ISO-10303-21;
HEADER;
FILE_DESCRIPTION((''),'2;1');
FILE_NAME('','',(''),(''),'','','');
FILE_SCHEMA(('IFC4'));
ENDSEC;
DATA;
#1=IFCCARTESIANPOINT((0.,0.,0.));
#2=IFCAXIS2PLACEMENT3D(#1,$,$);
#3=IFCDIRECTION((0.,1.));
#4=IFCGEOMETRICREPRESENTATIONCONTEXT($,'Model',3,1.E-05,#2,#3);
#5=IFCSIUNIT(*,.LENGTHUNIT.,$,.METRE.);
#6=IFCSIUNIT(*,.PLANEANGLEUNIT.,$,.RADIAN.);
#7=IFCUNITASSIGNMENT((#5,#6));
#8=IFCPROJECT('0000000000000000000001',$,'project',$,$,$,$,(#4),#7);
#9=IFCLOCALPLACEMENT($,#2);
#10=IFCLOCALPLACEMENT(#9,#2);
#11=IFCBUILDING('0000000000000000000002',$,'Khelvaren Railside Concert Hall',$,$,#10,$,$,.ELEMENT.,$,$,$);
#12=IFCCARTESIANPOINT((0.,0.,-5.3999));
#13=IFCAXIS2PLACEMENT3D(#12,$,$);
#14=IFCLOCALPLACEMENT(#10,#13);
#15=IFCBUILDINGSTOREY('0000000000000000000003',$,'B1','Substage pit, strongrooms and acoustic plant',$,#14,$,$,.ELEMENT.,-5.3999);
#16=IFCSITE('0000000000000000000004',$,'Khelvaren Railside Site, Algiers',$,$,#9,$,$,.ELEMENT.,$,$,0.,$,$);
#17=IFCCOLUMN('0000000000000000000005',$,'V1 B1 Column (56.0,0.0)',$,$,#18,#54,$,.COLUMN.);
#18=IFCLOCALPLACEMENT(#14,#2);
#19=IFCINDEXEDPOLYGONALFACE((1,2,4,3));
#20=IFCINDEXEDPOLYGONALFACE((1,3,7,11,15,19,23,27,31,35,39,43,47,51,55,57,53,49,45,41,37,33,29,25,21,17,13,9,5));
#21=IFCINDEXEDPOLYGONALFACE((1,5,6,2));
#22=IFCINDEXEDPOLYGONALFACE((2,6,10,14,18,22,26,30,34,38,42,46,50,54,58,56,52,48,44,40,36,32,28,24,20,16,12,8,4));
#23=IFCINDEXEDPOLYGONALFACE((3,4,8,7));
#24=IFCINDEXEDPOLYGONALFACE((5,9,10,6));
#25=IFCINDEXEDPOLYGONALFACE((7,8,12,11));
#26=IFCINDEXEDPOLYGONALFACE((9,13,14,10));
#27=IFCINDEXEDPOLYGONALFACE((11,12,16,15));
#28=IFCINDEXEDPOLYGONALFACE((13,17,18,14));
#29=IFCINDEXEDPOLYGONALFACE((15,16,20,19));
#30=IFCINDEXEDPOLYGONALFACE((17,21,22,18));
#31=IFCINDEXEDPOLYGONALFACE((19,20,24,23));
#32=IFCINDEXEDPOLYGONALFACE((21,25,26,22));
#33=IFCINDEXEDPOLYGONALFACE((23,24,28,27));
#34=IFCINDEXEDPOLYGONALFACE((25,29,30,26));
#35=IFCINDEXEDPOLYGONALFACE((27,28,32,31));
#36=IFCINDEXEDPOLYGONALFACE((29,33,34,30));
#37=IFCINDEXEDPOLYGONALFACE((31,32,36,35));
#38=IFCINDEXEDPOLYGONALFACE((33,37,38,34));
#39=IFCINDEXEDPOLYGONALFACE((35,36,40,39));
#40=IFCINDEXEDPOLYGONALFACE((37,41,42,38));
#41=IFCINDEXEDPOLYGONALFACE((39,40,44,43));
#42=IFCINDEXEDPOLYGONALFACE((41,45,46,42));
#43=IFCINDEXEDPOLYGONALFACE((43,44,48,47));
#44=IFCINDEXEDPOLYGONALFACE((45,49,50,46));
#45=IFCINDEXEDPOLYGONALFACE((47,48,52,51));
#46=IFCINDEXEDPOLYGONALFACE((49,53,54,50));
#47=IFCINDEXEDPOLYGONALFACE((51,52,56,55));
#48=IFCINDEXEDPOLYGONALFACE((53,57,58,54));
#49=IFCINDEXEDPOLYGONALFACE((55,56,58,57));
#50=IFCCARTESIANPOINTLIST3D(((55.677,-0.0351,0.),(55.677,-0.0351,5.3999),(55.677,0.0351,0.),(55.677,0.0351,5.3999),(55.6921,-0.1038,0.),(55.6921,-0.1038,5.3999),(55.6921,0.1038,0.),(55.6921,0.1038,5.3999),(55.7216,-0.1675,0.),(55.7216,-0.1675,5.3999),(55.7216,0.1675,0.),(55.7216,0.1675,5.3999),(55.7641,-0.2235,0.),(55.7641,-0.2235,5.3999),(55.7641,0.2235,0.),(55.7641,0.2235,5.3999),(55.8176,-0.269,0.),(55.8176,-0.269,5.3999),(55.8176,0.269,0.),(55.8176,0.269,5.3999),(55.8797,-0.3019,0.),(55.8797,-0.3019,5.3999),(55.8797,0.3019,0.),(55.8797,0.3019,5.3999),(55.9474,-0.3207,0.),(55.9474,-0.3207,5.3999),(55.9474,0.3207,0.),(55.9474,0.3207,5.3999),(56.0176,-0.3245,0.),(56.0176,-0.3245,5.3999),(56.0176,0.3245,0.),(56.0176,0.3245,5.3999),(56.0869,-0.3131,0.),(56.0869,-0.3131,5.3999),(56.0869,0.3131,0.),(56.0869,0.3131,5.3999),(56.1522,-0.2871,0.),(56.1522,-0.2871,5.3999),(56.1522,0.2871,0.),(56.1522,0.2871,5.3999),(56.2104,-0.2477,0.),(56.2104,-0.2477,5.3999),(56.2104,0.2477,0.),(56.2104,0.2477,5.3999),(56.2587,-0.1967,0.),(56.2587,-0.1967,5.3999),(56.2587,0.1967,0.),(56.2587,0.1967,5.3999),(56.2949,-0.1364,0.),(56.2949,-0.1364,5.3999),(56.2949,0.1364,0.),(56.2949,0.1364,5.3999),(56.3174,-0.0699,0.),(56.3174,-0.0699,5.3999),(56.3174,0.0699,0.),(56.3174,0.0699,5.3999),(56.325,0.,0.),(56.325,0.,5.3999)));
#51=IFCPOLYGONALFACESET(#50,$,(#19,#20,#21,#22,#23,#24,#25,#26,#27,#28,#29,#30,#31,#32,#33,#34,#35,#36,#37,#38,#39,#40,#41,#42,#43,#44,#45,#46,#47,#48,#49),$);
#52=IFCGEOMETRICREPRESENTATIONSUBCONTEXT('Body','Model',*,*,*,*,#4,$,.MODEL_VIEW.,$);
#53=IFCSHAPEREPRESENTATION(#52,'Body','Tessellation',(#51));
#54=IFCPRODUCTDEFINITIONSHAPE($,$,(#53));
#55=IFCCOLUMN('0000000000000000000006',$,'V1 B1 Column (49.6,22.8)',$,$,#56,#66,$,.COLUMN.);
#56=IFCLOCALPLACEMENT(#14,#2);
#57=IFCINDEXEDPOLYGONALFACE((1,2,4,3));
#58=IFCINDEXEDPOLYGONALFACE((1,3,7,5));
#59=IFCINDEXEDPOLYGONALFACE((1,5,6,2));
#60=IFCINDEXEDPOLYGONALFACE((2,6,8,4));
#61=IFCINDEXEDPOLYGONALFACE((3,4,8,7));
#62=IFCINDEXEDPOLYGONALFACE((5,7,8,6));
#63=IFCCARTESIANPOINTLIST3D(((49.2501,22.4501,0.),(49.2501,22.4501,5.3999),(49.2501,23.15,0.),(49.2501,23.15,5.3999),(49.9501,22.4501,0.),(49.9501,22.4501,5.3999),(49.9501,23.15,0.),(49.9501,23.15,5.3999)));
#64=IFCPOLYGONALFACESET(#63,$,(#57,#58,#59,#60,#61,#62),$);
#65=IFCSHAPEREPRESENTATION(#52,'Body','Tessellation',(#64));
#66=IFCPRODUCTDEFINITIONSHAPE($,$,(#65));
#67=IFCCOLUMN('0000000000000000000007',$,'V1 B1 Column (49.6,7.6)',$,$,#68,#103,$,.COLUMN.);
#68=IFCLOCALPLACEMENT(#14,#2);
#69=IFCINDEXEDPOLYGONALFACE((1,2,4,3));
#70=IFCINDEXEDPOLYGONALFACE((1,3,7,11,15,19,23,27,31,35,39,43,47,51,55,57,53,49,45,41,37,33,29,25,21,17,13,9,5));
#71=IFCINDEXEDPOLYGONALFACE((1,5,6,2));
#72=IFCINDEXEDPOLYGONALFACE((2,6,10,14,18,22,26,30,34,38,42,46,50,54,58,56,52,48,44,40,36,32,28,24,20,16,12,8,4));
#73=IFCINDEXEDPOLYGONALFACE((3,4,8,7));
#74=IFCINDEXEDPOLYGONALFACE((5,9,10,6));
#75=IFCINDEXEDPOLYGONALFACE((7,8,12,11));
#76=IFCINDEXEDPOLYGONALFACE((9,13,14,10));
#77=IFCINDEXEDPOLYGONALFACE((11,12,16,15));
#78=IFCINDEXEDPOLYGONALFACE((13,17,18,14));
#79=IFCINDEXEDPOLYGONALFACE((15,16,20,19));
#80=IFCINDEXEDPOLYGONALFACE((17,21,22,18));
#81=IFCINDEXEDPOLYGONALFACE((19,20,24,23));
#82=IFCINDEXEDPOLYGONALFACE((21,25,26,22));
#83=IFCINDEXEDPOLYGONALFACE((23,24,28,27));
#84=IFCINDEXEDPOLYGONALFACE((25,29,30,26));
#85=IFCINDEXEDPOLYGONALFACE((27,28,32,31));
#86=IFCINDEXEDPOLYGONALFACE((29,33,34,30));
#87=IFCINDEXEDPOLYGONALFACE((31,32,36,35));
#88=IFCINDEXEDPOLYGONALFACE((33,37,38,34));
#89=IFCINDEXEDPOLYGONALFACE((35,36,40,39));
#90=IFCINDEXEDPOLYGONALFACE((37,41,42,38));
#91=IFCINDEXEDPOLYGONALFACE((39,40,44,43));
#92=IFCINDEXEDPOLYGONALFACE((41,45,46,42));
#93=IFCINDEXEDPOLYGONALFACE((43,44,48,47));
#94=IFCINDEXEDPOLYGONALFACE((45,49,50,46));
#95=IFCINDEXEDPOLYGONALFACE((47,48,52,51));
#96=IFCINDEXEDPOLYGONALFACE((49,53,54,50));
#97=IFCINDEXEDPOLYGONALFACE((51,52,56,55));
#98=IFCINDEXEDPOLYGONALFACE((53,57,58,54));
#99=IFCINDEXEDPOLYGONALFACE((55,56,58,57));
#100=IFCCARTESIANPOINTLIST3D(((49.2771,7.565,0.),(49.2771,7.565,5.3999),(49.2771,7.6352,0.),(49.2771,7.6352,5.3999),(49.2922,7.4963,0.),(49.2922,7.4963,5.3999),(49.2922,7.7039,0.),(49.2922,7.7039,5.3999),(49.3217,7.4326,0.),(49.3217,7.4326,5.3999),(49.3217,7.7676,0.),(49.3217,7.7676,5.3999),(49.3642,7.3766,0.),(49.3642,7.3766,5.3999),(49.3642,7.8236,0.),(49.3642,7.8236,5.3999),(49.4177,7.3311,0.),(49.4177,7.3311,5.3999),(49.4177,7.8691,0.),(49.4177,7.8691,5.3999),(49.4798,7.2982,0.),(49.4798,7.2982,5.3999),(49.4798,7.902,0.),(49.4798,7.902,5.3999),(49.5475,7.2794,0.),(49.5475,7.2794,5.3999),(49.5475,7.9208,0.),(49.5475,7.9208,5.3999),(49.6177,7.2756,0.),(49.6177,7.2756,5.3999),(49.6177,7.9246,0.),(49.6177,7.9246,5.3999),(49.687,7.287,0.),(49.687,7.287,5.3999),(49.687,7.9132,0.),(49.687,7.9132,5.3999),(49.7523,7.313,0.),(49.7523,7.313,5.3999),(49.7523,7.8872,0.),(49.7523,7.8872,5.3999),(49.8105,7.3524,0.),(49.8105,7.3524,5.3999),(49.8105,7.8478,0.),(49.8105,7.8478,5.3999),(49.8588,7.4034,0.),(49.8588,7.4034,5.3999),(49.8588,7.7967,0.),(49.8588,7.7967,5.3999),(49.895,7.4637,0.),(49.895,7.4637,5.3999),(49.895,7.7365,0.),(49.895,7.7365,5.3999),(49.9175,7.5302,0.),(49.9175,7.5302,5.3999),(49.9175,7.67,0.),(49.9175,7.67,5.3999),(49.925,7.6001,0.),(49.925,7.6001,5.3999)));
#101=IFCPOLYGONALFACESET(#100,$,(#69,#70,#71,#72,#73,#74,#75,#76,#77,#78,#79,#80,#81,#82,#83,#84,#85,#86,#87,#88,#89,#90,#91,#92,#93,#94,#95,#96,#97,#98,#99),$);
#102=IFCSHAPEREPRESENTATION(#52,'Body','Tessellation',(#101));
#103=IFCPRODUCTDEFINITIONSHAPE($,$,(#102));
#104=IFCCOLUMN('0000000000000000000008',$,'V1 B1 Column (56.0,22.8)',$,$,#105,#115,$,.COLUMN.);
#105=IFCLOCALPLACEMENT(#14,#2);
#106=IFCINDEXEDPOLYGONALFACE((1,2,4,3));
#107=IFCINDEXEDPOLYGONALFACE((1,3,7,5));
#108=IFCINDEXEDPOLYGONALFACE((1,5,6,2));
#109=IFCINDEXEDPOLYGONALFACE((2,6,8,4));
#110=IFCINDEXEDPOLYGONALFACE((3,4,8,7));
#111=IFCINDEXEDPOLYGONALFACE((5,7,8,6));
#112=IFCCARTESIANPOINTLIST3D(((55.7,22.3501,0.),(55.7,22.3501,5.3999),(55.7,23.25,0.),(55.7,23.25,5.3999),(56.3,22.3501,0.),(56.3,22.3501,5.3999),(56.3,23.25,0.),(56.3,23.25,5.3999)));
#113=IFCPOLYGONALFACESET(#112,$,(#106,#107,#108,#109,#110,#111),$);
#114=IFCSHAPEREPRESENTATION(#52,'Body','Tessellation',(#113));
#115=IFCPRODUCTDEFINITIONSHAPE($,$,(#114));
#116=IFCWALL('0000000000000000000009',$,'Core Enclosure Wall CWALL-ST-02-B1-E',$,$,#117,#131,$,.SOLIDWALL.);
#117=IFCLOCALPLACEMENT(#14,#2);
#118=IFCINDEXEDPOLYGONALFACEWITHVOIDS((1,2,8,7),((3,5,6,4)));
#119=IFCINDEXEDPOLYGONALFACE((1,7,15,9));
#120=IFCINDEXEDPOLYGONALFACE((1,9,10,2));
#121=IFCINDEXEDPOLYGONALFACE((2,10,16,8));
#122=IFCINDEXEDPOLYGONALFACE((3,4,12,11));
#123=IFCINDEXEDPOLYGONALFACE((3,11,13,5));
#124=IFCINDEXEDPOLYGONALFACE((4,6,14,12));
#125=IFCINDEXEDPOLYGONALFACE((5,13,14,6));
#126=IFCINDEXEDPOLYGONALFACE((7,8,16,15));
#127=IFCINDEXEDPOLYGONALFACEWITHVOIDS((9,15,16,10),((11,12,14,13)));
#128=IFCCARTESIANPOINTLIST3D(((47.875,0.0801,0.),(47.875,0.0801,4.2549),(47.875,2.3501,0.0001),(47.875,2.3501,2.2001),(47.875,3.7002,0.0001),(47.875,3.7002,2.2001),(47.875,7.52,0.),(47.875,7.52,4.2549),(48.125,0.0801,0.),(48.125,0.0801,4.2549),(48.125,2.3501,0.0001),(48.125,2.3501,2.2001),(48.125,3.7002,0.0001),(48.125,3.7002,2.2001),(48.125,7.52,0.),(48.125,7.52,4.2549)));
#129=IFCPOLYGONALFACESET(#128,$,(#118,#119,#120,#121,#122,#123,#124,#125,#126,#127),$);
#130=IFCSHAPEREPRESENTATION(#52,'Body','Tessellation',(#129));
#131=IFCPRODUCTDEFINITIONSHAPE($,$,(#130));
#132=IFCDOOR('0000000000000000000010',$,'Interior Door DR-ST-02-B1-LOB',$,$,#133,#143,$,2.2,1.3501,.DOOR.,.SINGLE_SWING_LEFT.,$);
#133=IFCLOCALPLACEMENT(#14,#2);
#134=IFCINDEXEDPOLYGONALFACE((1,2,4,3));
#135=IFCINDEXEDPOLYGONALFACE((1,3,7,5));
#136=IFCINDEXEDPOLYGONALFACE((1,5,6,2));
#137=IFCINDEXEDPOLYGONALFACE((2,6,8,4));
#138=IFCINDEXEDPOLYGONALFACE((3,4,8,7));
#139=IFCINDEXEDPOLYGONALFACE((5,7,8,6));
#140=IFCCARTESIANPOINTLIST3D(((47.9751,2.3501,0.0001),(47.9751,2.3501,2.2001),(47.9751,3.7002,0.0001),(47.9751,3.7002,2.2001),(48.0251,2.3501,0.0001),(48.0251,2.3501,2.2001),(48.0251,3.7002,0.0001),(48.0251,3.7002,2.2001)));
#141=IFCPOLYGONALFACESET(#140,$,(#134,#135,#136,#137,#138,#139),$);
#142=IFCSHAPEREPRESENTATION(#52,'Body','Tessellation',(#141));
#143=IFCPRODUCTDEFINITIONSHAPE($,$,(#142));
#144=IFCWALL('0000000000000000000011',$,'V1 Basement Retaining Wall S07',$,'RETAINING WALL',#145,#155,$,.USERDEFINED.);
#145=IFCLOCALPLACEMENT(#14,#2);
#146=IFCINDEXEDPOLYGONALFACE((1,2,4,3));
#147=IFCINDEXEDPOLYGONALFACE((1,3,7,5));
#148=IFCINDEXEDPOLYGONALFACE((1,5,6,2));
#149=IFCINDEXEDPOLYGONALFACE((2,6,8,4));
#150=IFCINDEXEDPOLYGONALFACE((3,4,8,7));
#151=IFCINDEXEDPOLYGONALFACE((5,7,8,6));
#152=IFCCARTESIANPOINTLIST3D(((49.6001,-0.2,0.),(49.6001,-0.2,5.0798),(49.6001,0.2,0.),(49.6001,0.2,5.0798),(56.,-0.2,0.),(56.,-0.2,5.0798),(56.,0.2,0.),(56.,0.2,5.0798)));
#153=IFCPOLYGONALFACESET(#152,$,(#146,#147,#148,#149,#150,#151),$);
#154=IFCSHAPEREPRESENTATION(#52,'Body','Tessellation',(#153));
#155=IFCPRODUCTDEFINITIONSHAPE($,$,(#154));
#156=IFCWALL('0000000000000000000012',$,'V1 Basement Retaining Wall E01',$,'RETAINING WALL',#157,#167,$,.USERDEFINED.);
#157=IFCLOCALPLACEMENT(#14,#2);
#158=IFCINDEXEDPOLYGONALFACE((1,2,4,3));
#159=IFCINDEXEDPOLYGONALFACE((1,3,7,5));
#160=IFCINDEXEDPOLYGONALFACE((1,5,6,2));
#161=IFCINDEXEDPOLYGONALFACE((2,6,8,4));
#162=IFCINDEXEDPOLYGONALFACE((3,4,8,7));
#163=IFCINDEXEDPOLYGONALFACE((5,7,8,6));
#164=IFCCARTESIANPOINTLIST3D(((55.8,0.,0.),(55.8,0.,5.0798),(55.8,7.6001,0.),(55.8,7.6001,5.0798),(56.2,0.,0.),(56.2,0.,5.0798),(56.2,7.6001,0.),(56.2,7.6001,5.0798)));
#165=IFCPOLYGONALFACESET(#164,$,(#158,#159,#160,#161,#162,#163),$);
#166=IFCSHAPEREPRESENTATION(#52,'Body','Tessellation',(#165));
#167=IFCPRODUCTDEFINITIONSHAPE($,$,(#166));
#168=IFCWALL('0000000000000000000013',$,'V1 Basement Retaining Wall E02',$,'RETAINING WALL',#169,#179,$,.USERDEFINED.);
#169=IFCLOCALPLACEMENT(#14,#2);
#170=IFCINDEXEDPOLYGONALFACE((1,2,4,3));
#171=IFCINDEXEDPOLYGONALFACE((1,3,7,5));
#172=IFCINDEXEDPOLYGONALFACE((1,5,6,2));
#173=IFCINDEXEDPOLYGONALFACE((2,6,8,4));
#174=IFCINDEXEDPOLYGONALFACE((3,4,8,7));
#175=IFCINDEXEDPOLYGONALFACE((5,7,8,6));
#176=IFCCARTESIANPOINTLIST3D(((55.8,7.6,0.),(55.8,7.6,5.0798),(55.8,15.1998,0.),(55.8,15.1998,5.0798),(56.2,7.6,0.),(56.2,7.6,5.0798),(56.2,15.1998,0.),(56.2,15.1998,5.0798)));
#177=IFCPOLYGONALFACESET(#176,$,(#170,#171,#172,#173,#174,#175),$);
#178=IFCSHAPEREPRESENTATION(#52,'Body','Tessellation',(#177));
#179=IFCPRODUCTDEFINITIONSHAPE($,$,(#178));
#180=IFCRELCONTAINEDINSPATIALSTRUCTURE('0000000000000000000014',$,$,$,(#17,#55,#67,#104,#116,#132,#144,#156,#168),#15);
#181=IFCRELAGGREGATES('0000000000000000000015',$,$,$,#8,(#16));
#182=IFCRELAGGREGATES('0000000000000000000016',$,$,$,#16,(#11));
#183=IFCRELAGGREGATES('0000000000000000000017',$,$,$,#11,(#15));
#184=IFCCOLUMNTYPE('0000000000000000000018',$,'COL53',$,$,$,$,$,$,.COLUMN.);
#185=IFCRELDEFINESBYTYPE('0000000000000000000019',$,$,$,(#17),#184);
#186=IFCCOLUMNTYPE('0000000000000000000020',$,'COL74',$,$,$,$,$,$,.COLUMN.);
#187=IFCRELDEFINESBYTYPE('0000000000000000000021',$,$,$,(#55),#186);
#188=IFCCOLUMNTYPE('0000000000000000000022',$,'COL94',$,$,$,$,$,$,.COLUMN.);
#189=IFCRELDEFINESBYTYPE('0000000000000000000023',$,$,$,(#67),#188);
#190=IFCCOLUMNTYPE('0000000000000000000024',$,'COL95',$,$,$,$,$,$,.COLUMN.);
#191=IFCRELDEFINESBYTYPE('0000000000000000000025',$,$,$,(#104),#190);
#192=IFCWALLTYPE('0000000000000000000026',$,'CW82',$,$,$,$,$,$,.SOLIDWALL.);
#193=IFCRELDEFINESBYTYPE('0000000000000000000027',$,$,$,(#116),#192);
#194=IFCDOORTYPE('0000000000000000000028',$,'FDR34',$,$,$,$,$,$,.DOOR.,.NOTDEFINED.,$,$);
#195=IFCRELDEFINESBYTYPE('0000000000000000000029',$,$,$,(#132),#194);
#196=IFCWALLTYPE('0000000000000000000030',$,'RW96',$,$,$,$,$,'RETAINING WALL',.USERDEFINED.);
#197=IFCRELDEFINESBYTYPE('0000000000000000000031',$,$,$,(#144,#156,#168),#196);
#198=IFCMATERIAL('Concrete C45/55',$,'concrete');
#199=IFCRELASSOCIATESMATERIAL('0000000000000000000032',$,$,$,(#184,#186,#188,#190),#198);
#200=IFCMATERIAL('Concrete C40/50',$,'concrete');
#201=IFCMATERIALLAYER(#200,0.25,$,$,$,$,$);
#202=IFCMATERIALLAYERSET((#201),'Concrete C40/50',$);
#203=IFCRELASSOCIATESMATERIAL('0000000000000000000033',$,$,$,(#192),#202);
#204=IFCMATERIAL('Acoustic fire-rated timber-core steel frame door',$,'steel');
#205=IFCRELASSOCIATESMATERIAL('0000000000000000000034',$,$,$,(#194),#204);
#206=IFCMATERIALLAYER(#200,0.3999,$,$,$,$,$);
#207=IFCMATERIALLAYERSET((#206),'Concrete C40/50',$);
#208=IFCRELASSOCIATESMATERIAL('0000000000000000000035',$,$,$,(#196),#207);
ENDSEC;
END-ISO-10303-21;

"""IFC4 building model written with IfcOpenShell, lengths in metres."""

from ifc_helpers import new_model, si_unit, direction, frame, frame_2d, origin, origin_2d, place, context, subcontext, project, spatial, rectangle, circle, extrude, material, layer, layer_set, material_profile, profile_set, type_object, element, fill, save


model = new_model("IFC4")

# Units and contexts
model_context = context("Model", 3, precision=1e-05, world=origin(), true_north=direction((0.0, 1.0)))
body_context = subcontext(model_context, "Body", "Model", "MODEL_VIEW")
ifc_project = project(units=[si_unit("LENGTHUNIT", "METRE"), si_unit("PLANEANGLEUNIT", "RADIAN")], contexts=[model_context])

# Site, building, storey
site_placement = place(None, origin())
site = spatial("IfcSite", under=ifc_project, at=site_placement, Name="Khelvaren Railside Site, Algiers", CompositionType="ELEMENT", RefElevation=0.0)
building_placement = place(site_placement, origin())
building = spatial("IfcBuilding", under=site, at=building_placement, Name="Khelvaren Railside Concert Hall", CompositionType="ELEMENT")
storey_placement = place(building_placement, frame((0.0, 0.0, -5.3999)))
storey = spatial("IfcBuildingStorey", under=building, at=storey_placement, Name="B1", Description="Substage pit, strongrooms and acoustic plant", CompositionType="ELEMENT", Elevation=-5.3999)

# Columns
ifc_material_1 = material(Name="Concrete C45/55", Category="concrete")
ifc_material_profile_1 = material_profile(ifc_material_1, circle(Radius=0.325, at=origin_2d()), Name="RC D650")
ifc_profile_set_1 = profile_set([ifc_material_profile_1], Name="Concrete C45/55")
column_type_1 = type_object("IfcColumnType", Name="COL53", PredefinedType="COLUMN", material=ifc_profile_set_1)
column_1_placement = place(storey_placement, frame((56.0, 0.0, 0.0), z_axis=(0.0, 0.0, 1.0), x_axis=(1.0, 0.0, 0.0)))
element("IfcColumn", 1, at=column_1_placement, inside=storey, type_object=column_type_1, Name="V1 B1 Column (56.0,0.0)", PredefinedType="COLUMN", context=body_context, shape_type="SweptSolid", body=[
    extrude(circle(Radius=0.325, at=origin_2d()), origin(), (0.0, 0.0, 1.0), 5.3999),
])
ifc_material_profile_2 = material_profile(ifc_material_1, rectangle(XDim=0.7, YDim=0.7, at=origin_2d()), Name="RC 700x700")
ifc_profile_set_2 = profile_set([ifc_material_profile_2], Name="Concrete C45/55")
column_type_2 = type_object("IfcColumnType", Name="COL74", PredefinedType="COLUMN", material=ifc_profile_set_2)
column_2_placement = place(storey_placement, frame((49.6001, 22.8, 0.0), z_axis=(0.0, 0.0, 1.0), x_axis=(1.0, 0.0, 0.0)))
element("IfcColumn", 2, at=column_2_placement, inside=storey, type_object=column_type_2, Name="V1 B1 Column (49.6,22.8)", PredefinedType="COLUMN", context=body_context, shape_type="SweptSolid", body=[
    extrude(rectangle(XDim=0.7, YDim=0.7, at=origin_2d()), origin(), (0.0, 0.0, 1.0), 5.3999),
])
ifc_material_profile_3 = material_profile(ifc_material_1, circle(Radius=0.325, at=origin_2d()), Name="RC D650")
ifc_profile_set_3 = profile_set([ifc_material_profile_3], Name="Concrete C45/55")
column_type_3 = type_object("IfcColumnType", Name="COL94", PredefinedType="COLUMN", material=ifc_profile_set_3)
column_3_placement = place(storey_placement, frame((49.6001, 7.6001, 0.0), z_axis=(0.0, 0.0, 1.0), x_axis=(1.0, 0.0, 0.0)))
element("IfcColumn", 3, at=column_3_placement, inside=storey, type_object=column_type_3, Name="V1 B1 Column (49.6,7.6)", PredefinedType="COLUMN", context=body_context, shape_type="SweptSolid", body=[
    extrude(circle(Radius=0.325, at=origin_2d()), origin(), (0.0, 0.0, 1.0), 5.3999),
])
ifc_material_profile_4 = material_profile(ifc_material_1, rectangle(XDim=0.6001, YDim=0.8999, at=origin_2d()), Name="RC 600x900")
ifc_profile_set_4 = profile_set([ifc_material_profile_4], Name="Concrete C45/55")
column_type_4 = type_object("IfcColumnType", Name="COL95", PredefinedType="COLUMN", material=ifc_profile_set_4)
column_4_placement = place(storey_placement, frame((56.0, 22.8, 0.0), z_axis=(0.0, 0.0, 1.0), x_axis=(1.0, 0.0, 0.0)))
element("IfcColumn", 4, at=column_4_placement, inside=storey, type_object=column_type_4, Name="V1 B1 Column (56.0,22.8)", PredefinedType="COLUMN", context=body_context, shape_type="SweptSolid", body=[
    extrude(rectangle(XDim=0.6001, YDim=0.8999, at=origin_2d()), origin(), (0.0, 0.0, 1.0), 5.3999),
])

# Wall, opening, door
ifc_material_2 = material(Name="Concrete C40/50", Category="concrete")
ifc_layer_1 = layer(ifc_material_2, 0.25)
ifc_layer_set_1 = layer_set([ifc_layer_1], Name="Concrete C40/50")
wall_type_1 = type_object("IfcWallType", Name="CW82", PredefinedType="SOLIDWALL", material=ifc_layer_set_1)
wall_1_placement = place(storey_placement, frame((48.0, 0.0801, 0.0), z_axis=(0.0, 0.0, 1.0), x_axis=(0.0, 1.0, 0.0)))
wall_1 = element("IfcWall", 5, at=wall_1_placement, inside=storey, type_object=wall_type_1, Name="Core Enclosure Wall CWALL-ST-02-B1-E", PredefinedType="SOLIDWALL", context=body_context, shape_type="SweptSolid", body=[
    extrude(rectangle(XDim=7.4399, YDim=0.25, at=frame_2d((3.72, 0.0))), origin(), (0.0, 0.0, 1.0), 4.2549),
])
opening_placement = place(wall_1_placement, frame((2.27, 0.0, 0.0)))
opening = element("IfcOpeningElement", 6, at=opening_placement, cuts=wall_1, PredefinedType="OPENING", context=body_context, shape_type="SweptSolid", body=[
    extrude(rectangle(XDim=1.3501, YDim=2.2, at=frame_2d((0.675, 1.1001))), frame((0.0, 0.135, 0.0), z_axis=(0.0, -1.0, 0.0), x_axis=(1.0, 0.0, 0.0)), (0.0, 0.0, 1.0), 0.27),
])
ifc_material_3 = material(Name="Acoustic fire-rated timber-core steel frame door", Category="steel")
door_type = type_object("IfcDoorType", Name="FDR34", OperationType="NOTDEFINED", PredefinedType="DOOR", material=ifc_material_3)
door_placement = place(opening_placement, origin())
door = element("IfcDoor", 7, at=door_placement, inside=storey, type_object=door_type, Name="Interior Door DR-ST-02-B1-LOB", OperationType="SINGLE_SWING_LEFT", OverallHeight=2.2, OverallWidth=1.3501, PredefinedType="DOOR", context=body_context, shape_type="SweptSolid", body=[
    extrude(rectangle(XDim=1.3501, YDim=2.2, at=frame_2d((0.675, 1.1001))), frame((0.0, 0.0249, 0.0), z_axis=(0.0, -1.0, 0.0), x_axis=(1.0, 0.0, 0.0)), (0.0, 0.0, 1.0), 0.05),
])
fill(opening, door)

# Walls
ifc_layer_2 = layer(ifc_material_2, 0.3999)
ifc_layer_set_2 = layer_set([ifc_layer_2], Name="Concrete C40/50")
wall_type_2 = type_object("IfcWallType", Name="RW96", ElementType="RETAINING WALL", PredefinedType="USERDEFINED", material=ifc_layer_set_2)
wall_2_placement = place(storey_placement, frame((49.6001, 0.0, 0.0), z_axis=(0.0, 0.0, 1.0), x_axis=(1.0, 0.0, 0.0)))
element("IfcWall", 8, at=wall_2_placement, inside=storey, type_object=wall_type_2, Name="V1 Basement Retaining Wall S07", ObjectType="RETAINING WALL", PredefinedType="USERDEFINED", context=body_context, shape_type="SweptSolid", body=[
    extrude(rectangle(XDim=6.3999, YDim=0.3999, at=frame_2d((3.2, 0.0))), origin(), (0.0, 0.0, 1.0), 5.0798),
])
wall_3_placement = place(storey_placement, frame((56.0, 0.0, 0.0), z_axis=(0.0, 0.0, 1.0), x_axis=(0.0, 1.0, 0.0)))
element("IfcWall", 9, at=wall_3_placement, inside=storey, type_object=wall_type_2, Name="V1 Basement Retaining Wall E01", ObjectType="RETAINING WALL", PredefinedType="USERDEFINED", context=body_context, shape_type="SweptSolid", body=[
    extrude(rectangle(XDim=7.6001, YDim=0.3999, at=frame_2d((3.8, 0.0))), origin(), (0.0, 0.0, 1.0), 5.0798),
])
wall_4_placement = place(storey_placement, frame((56.0, 7.6001, 0.0), z_axis=(0.0, 0.0, 1.0), x_axis=(0.0, 1.0, 0.0)))
element("IfcWall", 10, at=wall_4_placement, inside=storey, type_object=wall_type_2, Name="V1 Basement Retaining Wall E02", ObjectType="RETAINING WALL", PredefinedType="USERDEFINED", context=body_context, shape_type="SweptSolid", body=[
    extrude(rectangle(XDim=7.5999, YDim=0.3999, at=frame_2d((3.7998, 0.0))), origin(), (0.0, 0.0, 1.0), 5.0798),
])

save(model, "model.ifc")
